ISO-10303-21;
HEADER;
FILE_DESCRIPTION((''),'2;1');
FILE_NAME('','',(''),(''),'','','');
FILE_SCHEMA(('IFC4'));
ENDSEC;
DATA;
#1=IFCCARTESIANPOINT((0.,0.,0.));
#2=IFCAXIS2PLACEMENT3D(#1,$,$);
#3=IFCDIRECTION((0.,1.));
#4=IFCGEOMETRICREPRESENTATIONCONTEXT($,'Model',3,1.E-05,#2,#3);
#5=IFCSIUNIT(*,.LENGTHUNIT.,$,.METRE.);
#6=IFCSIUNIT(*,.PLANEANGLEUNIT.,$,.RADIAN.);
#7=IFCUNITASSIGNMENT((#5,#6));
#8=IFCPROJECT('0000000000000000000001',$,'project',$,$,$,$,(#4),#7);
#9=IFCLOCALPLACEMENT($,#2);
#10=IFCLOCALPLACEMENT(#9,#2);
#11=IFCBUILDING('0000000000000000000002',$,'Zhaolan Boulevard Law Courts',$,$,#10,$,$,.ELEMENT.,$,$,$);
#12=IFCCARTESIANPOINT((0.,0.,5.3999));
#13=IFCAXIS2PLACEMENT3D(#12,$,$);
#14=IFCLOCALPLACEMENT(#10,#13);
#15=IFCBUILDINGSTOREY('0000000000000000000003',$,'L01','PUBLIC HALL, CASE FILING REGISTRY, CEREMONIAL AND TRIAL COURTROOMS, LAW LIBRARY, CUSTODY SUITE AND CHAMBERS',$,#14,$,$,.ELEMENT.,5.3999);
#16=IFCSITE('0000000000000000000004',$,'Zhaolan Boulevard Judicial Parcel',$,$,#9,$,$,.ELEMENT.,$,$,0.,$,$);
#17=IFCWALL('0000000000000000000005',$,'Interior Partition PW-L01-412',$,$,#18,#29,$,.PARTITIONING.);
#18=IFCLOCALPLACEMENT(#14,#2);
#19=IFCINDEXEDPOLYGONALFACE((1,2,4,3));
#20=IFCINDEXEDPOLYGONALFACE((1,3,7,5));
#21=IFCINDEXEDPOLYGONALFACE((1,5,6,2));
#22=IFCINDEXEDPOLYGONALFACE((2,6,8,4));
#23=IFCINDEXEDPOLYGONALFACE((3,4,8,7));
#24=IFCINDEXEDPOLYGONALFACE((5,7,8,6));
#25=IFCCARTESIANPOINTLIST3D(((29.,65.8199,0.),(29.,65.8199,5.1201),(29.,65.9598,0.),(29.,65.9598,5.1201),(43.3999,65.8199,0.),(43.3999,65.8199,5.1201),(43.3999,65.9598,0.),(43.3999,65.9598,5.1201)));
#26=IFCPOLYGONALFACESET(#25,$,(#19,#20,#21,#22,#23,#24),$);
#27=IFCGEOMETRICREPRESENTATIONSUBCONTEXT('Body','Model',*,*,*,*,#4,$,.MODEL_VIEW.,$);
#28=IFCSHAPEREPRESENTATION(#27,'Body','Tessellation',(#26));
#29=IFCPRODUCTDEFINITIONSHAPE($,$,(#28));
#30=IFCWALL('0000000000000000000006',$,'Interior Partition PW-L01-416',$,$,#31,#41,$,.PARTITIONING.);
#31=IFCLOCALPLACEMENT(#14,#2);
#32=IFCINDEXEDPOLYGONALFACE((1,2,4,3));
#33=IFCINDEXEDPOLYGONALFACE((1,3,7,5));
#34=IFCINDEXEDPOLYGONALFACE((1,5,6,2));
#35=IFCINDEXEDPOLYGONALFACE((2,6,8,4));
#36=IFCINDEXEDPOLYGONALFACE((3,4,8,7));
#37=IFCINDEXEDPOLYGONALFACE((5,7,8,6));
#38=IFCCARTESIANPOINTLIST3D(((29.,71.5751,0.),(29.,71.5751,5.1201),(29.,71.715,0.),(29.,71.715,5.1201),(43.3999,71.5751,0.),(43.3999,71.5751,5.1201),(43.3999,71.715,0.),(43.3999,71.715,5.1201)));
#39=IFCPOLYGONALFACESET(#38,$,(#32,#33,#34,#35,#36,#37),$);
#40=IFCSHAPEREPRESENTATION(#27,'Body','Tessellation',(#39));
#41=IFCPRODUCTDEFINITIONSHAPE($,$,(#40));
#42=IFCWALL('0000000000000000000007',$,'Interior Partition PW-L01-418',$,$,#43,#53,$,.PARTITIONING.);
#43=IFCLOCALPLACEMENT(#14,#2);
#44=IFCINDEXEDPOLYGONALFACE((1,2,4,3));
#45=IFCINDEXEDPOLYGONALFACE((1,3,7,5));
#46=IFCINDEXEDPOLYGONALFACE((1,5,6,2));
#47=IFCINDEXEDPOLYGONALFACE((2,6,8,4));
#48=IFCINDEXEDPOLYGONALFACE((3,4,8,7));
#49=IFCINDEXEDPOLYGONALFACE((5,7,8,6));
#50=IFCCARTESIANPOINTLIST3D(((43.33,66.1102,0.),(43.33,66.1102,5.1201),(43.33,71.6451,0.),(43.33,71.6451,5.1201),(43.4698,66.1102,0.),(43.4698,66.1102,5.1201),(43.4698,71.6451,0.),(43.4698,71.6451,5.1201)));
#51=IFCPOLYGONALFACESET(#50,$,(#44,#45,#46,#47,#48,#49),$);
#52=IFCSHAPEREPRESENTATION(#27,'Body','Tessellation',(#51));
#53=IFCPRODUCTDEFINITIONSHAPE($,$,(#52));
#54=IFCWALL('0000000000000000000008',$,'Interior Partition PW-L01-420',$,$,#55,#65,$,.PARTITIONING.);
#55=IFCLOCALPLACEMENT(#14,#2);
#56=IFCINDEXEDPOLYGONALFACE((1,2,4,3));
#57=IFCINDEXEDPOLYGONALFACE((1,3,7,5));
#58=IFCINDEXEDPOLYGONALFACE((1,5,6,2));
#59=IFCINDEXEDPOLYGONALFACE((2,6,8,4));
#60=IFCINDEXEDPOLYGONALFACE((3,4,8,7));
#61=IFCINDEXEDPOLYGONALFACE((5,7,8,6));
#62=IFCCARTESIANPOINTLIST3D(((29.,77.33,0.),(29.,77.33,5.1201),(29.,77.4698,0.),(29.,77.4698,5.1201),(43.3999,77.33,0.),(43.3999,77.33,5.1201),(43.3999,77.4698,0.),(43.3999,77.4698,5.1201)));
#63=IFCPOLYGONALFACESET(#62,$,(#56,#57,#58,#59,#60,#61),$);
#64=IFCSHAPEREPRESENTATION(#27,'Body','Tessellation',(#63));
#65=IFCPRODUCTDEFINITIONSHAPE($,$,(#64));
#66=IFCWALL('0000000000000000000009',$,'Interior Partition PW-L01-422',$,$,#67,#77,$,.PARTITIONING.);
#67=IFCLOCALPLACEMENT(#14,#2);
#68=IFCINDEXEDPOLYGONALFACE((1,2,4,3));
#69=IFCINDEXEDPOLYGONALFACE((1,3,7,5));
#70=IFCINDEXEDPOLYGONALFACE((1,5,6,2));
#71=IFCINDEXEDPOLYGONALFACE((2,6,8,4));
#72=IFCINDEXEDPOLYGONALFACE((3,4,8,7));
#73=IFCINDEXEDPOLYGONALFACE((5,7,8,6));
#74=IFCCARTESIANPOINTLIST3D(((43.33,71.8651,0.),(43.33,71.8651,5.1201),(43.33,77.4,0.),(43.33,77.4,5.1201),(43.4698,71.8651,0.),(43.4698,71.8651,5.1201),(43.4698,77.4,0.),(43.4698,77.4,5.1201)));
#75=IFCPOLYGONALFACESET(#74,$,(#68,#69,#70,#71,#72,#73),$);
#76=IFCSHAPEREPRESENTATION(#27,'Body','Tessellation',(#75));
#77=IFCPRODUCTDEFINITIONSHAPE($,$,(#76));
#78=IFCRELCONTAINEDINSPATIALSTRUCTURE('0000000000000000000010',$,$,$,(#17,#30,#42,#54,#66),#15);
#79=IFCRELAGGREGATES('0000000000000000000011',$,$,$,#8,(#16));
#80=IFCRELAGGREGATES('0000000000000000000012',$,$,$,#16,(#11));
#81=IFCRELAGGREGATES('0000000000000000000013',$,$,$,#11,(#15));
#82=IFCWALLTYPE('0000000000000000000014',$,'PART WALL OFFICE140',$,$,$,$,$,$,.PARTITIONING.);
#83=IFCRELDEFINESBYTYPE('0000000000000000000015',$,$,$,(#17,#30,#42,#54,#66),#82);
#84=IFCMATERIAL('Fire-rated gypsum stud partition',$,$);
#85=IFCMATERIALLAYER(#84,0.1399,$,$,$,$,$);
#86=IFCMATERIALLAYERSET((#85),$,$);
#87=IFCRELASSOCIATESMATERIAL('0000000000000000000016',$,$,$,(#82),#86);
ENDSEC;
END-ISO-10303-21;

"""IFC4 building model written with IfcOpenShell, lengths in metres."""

from ifc_helpers import new_model, si_unit, direction, frame, frame_2d, origin, place, context, subcontext, project, spatial, rectangle, extrude, material, layer, layer_set, type_object, element, save


model = new_model("IFC4")

# Units and contexts
model_context = context("Model", 3, precision=1e-05, world=origin(), true_north=direction((0.0, 1.0)))
body_context = subcontext(model_context, "Body", "Model", "MODEL_VIEW")
ifc_project = project(units=[si_unit("LENGTHUNIT", "METRE"), si_unit("PLANEANGLEUNIT", "RADIAN")], contexts=[model_context])

# Site, building, storey
site_placement = place(None, origin())
site = spatial("IfcSite", under=ifc_project, at=site_placement, Name="Zhaolan Boulevard Judicial Parcel", CompositionType="ELEMENT", RefElevation=0.0)
building_placement = place(site_placement, origin())
building = spatial("IfcBuilding", under=site, at=building_placement, Name="Zhaolan Boulevard Law Courts", CompositionType="ELEMENT")
storey_placement = place(building_placement, frame((0.0, 0.0, 5.3999)))
storey = spatial("IfcBuildingStorey", under=building, at=storey_placement, Name="L01", Description="PUBLIC HALL, CASE FILING REGISTRY, CEREMONIAL AND TRIAL COURTROOMS, LAW LIBRARY, CUSTODY SUITE AND CHAMBERS", CompositionType="ELEMENT", Elevation=5.3999)

# Walls
ifc_material_1 = material(Name="Fire-rated gypsum stud partition")
ifc_layer_1 = layer(ifc_material_1, 0.1399)
ifc_layer_set_1 = layer_set([ifc_layer_1])
wall_type = type_object("IfcWallType", Name="PART WALL OFFICE140", PredefinedType="PARTITIONING", material=ifc_layer_set_1)
for number, where, z_axis, x_axis, name in (
    (1, (43.3999, 65.8899, 0.0), (0.0, 0.0, 1.0), (-1.0, 0.0, 0.0), "Interior Partition PW-L01-412"),
    (2, (43.3999, 71.645, 0.0), (0.0, 0.0, 1.0), (-1.0, 0.0, 0.0), "Interior Partition PW-L01-416"),
):
    element("IfcWall", number, at=place(storey_placement, frame(where, z_axis=z_axis, x_axis=x_axis)), inside=storey, type_object=wall_type, Name=name, PredefinedType="PARTITIONING", context=body_context, shape_type="SweptSolid", body=[
        extrude(rectangle(XDim=14.3999, YDim=0.1399, at=frame_2d((7.2, 0.0))), origin(), (0.0, 0.0, 1.0), 5.1201),
    ])
wall_1_placement = place(storey_placement, frame((43.3999, 66.1101, 0.0), z_axis=(0.0, 0.0, 1.0), x_axis=(0.0, 1.0, 0.0)))
element("IfcWall", 3, at=wall_1_placement, inside=storey, type_object=wall_type, Name="Interior Partition PW-L01-418", PredefinedType="PARTITIONING", context=body_context, shape_type="SweptSolid", body=[
    extrude(rectangle(XDim=5.5349, YDim=0.1399, at=frame_2d((2.7676, 0.0))), origin(), (0.0, 0.0, 1.0), 5.1201),
])
wall_2_placement = place(storey_placement, frame((43.3999, 77.3999, 0.0), z_axis=(0.0, 0.0, 1.0), x_axis=(-1.0, 0.0, 0.0)))
element("IfcWall", 4, at=wall_2_placement, inside=storey, type_object=wall_type, Name="Interior Partition PW-L01-420", PredefinedType="PARTITIONING", context=body_context, shape_type="SweptSolid", body=[
    extrude(rectangle(XDim=14.3999, YDim=0.1399, at=frame_2d((7.2, 0.0))), origin(), (0.0, 0.0, 1.0), 5.1201),
])
wall_3_placement = place(storey_placement, frame((43.3999, 71.865, 0.0), z_axis=(0.0, 0.0, 1.0), x_axis=(0.0, 1.0, 0.0)))
element("IfcWall", 5, at=wall_3_placement, inside=storey, type_object=wall_type, Name="Interior Partition PW-L01-422", PredefinedType="PARTITIONING", context=body_context, shape_type="SweptSolid", body=[
    extrude(rectangle(XDim=5.5349, YDim=0.1399, at=frame_2d((2.7676, 0.0))), origin(), (0.0, 0.0, 1.0), 5.1201),
])

save(model, "model.ifc")
